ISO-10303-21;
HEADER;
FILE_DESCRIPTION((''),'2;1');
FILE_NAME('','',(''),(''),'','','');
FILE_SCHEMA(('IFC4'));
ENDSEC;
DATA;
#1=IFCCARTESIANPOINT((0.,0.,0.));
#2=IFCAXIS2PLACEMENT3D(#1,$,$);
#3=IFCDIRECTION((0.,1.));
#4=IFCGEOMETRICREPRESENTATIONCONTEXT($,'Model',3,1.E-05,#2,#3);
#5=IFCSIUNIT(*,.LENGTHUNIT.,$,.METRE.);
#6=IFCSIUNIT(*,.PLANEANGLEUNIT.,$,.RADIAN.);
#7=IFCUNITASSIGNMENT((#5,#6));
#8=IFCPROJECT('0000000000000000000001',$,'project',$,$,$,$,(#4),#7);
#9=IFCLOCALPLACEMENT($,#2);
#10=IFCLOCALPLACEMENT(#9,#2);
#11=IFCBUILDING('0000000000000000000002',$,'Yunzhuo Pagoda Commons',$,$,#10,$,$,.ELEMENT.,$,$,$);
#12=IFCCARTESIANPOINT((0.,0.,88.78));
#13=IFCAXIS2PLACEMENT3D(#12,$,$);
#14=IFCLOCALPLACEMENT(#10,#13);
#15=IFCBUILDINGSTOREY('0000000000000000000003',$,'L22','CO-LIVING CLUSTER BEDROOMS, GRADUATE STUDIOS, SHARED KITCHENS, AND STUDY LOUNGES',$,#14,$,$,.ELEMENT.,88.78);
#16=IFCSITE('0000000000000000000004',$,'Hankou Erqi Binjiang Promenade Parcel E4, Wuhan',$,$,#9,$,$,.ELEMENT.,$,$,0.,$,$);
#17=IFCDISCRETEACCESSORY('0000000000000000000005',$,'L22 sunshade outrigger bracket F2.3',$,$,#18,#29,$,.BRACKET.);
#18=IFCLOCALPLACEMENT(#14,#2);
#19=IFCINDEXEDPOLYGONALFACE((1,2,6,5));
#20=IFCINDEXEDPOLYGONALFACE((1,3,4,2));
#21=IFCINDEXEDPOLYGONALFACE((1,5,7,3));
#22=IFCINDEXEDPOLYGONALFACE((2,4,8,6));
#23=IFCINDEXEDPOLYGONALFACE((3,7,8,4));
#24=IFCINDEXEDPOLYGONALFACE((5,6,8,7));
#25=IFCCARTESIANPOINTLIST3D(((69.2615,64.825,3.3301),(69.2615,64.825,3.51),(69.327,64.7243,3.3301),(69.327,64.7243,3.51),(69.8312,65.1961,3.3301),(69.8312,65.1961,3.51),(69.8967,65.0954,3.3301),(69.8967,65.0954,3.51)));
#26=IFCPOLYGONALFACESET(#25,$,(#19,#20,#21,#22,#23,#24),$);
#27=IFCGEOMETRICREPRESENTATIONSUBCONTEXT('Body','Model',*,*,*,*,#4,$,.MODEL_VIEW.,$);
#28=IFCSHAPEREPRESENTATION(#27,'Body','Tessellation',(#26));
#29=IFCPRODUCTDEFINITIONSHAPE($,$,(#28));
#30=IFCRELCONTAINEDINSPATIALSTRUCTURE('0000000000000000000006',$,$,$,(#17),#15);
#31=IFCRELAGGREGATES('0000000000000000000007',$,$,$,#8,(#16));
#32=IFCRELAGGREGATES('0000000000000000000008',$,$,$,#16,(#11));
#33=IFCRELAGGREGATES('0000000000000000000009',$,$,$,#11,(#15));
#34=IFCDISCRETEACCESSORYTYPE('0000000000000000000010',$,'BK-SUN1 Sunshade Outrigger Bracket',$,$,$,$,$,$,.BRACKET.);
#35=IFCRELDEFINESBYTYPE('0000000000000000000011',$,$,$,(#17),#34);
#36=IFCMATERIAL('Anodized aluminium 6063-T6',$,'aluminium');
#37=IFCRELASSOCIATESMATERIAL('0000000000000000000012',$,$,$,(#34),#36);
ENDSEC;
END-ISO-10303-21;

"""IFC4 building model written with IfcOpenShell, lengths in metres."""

from ifc_helpers import new_model, si_unit, direction, frame, origin, origin_2d, place, context, subcontext, project, spatial, rectangle, extrude, source, transform, mapped, material, type_object, element, save


model = new_model("IFC4")

# Units and contexts
model_context = context("Model", 3, precision=1e-05, world=origin(), true_north=direction((0.0, 1.0)))
body_context = subcontext(model_context, "Body", "Model", "MODEL_VIEW")
ifc_project = project(units=[si_unit("LENGTHUNIT", "METRE"), si_unit("PLANEANGLEUNIT", "RADIAN")], contexts=[model_context])

# Site, building, storey
site_placement = place(None, origin())
site = spatial("IfcSite", under=ifc_project, at=site_placement, Name="Hankou Erqi Binjiang Promenade Parcel E4, Wuhan", CompositionType="ELEMENT", RefElevation=0.0)
building_placement = place(site_placement, origin())
building = spatial("IfcBuilding", under=site, at=building_placement, Name="Yunzhuo Pagoda Commons", CompositionType="ELEMENT")
storey_placement = place(building_placement, frame((0.0, 0.0, 88.78)))
storey = spatial("IfcBuildingStorey", under=building, at=storey_placement, Name="L22", Description="CO-LIVING CLUSTER BEDROOMS, GRADUATE STUDIOS, SHARED KITCHENS, AND STUDY LOUNGES", CompositionType="ELEMENT", Elevation=88.78)

# Shared definitions
ifc_material_1 = material(Name="Anodized aluminium 6063-T6", Category="aluminium")

# Discrete accessory
discrete_accessory_type = type_object("IfcDiscreteAccessoryType", Name="BK-SUN1 Sunshade Outrigger Bracket", PredefinedType="BRACKET", material=ifc_material_1)
shared_shape_1 = source(origin(), body_context, "Body", "SweptSolid", [
    extrude(rectangle(XDim=0.1201, YDim=0.6799, at=origin_2d()), origin(), (0.0, 0.0, 1.0), 0.1799),
])
discrete_accessory_placement = place(storey_placement, frame((69.5791, 64.9602, 3.3301), z_axis=(0.0, 0.0, 1.0), x_axis=(-0.545839, 0.83789, 0.0)))
element("IfcDiscreteAccessory", 1, at=discrete_accessory_placement, inside=storey, type_object=discrete_accessory_type, Name="L22 sunshade outrigger bracket F2.3", PredefinedType="BRACKET", context=body_context, shape_type="MappedRepresentation", body=[
    mapped(shared_shape_1, transform((0.0, 0.0, 0.0), scale=1.0)),
])

save(model, "model.ifc")
